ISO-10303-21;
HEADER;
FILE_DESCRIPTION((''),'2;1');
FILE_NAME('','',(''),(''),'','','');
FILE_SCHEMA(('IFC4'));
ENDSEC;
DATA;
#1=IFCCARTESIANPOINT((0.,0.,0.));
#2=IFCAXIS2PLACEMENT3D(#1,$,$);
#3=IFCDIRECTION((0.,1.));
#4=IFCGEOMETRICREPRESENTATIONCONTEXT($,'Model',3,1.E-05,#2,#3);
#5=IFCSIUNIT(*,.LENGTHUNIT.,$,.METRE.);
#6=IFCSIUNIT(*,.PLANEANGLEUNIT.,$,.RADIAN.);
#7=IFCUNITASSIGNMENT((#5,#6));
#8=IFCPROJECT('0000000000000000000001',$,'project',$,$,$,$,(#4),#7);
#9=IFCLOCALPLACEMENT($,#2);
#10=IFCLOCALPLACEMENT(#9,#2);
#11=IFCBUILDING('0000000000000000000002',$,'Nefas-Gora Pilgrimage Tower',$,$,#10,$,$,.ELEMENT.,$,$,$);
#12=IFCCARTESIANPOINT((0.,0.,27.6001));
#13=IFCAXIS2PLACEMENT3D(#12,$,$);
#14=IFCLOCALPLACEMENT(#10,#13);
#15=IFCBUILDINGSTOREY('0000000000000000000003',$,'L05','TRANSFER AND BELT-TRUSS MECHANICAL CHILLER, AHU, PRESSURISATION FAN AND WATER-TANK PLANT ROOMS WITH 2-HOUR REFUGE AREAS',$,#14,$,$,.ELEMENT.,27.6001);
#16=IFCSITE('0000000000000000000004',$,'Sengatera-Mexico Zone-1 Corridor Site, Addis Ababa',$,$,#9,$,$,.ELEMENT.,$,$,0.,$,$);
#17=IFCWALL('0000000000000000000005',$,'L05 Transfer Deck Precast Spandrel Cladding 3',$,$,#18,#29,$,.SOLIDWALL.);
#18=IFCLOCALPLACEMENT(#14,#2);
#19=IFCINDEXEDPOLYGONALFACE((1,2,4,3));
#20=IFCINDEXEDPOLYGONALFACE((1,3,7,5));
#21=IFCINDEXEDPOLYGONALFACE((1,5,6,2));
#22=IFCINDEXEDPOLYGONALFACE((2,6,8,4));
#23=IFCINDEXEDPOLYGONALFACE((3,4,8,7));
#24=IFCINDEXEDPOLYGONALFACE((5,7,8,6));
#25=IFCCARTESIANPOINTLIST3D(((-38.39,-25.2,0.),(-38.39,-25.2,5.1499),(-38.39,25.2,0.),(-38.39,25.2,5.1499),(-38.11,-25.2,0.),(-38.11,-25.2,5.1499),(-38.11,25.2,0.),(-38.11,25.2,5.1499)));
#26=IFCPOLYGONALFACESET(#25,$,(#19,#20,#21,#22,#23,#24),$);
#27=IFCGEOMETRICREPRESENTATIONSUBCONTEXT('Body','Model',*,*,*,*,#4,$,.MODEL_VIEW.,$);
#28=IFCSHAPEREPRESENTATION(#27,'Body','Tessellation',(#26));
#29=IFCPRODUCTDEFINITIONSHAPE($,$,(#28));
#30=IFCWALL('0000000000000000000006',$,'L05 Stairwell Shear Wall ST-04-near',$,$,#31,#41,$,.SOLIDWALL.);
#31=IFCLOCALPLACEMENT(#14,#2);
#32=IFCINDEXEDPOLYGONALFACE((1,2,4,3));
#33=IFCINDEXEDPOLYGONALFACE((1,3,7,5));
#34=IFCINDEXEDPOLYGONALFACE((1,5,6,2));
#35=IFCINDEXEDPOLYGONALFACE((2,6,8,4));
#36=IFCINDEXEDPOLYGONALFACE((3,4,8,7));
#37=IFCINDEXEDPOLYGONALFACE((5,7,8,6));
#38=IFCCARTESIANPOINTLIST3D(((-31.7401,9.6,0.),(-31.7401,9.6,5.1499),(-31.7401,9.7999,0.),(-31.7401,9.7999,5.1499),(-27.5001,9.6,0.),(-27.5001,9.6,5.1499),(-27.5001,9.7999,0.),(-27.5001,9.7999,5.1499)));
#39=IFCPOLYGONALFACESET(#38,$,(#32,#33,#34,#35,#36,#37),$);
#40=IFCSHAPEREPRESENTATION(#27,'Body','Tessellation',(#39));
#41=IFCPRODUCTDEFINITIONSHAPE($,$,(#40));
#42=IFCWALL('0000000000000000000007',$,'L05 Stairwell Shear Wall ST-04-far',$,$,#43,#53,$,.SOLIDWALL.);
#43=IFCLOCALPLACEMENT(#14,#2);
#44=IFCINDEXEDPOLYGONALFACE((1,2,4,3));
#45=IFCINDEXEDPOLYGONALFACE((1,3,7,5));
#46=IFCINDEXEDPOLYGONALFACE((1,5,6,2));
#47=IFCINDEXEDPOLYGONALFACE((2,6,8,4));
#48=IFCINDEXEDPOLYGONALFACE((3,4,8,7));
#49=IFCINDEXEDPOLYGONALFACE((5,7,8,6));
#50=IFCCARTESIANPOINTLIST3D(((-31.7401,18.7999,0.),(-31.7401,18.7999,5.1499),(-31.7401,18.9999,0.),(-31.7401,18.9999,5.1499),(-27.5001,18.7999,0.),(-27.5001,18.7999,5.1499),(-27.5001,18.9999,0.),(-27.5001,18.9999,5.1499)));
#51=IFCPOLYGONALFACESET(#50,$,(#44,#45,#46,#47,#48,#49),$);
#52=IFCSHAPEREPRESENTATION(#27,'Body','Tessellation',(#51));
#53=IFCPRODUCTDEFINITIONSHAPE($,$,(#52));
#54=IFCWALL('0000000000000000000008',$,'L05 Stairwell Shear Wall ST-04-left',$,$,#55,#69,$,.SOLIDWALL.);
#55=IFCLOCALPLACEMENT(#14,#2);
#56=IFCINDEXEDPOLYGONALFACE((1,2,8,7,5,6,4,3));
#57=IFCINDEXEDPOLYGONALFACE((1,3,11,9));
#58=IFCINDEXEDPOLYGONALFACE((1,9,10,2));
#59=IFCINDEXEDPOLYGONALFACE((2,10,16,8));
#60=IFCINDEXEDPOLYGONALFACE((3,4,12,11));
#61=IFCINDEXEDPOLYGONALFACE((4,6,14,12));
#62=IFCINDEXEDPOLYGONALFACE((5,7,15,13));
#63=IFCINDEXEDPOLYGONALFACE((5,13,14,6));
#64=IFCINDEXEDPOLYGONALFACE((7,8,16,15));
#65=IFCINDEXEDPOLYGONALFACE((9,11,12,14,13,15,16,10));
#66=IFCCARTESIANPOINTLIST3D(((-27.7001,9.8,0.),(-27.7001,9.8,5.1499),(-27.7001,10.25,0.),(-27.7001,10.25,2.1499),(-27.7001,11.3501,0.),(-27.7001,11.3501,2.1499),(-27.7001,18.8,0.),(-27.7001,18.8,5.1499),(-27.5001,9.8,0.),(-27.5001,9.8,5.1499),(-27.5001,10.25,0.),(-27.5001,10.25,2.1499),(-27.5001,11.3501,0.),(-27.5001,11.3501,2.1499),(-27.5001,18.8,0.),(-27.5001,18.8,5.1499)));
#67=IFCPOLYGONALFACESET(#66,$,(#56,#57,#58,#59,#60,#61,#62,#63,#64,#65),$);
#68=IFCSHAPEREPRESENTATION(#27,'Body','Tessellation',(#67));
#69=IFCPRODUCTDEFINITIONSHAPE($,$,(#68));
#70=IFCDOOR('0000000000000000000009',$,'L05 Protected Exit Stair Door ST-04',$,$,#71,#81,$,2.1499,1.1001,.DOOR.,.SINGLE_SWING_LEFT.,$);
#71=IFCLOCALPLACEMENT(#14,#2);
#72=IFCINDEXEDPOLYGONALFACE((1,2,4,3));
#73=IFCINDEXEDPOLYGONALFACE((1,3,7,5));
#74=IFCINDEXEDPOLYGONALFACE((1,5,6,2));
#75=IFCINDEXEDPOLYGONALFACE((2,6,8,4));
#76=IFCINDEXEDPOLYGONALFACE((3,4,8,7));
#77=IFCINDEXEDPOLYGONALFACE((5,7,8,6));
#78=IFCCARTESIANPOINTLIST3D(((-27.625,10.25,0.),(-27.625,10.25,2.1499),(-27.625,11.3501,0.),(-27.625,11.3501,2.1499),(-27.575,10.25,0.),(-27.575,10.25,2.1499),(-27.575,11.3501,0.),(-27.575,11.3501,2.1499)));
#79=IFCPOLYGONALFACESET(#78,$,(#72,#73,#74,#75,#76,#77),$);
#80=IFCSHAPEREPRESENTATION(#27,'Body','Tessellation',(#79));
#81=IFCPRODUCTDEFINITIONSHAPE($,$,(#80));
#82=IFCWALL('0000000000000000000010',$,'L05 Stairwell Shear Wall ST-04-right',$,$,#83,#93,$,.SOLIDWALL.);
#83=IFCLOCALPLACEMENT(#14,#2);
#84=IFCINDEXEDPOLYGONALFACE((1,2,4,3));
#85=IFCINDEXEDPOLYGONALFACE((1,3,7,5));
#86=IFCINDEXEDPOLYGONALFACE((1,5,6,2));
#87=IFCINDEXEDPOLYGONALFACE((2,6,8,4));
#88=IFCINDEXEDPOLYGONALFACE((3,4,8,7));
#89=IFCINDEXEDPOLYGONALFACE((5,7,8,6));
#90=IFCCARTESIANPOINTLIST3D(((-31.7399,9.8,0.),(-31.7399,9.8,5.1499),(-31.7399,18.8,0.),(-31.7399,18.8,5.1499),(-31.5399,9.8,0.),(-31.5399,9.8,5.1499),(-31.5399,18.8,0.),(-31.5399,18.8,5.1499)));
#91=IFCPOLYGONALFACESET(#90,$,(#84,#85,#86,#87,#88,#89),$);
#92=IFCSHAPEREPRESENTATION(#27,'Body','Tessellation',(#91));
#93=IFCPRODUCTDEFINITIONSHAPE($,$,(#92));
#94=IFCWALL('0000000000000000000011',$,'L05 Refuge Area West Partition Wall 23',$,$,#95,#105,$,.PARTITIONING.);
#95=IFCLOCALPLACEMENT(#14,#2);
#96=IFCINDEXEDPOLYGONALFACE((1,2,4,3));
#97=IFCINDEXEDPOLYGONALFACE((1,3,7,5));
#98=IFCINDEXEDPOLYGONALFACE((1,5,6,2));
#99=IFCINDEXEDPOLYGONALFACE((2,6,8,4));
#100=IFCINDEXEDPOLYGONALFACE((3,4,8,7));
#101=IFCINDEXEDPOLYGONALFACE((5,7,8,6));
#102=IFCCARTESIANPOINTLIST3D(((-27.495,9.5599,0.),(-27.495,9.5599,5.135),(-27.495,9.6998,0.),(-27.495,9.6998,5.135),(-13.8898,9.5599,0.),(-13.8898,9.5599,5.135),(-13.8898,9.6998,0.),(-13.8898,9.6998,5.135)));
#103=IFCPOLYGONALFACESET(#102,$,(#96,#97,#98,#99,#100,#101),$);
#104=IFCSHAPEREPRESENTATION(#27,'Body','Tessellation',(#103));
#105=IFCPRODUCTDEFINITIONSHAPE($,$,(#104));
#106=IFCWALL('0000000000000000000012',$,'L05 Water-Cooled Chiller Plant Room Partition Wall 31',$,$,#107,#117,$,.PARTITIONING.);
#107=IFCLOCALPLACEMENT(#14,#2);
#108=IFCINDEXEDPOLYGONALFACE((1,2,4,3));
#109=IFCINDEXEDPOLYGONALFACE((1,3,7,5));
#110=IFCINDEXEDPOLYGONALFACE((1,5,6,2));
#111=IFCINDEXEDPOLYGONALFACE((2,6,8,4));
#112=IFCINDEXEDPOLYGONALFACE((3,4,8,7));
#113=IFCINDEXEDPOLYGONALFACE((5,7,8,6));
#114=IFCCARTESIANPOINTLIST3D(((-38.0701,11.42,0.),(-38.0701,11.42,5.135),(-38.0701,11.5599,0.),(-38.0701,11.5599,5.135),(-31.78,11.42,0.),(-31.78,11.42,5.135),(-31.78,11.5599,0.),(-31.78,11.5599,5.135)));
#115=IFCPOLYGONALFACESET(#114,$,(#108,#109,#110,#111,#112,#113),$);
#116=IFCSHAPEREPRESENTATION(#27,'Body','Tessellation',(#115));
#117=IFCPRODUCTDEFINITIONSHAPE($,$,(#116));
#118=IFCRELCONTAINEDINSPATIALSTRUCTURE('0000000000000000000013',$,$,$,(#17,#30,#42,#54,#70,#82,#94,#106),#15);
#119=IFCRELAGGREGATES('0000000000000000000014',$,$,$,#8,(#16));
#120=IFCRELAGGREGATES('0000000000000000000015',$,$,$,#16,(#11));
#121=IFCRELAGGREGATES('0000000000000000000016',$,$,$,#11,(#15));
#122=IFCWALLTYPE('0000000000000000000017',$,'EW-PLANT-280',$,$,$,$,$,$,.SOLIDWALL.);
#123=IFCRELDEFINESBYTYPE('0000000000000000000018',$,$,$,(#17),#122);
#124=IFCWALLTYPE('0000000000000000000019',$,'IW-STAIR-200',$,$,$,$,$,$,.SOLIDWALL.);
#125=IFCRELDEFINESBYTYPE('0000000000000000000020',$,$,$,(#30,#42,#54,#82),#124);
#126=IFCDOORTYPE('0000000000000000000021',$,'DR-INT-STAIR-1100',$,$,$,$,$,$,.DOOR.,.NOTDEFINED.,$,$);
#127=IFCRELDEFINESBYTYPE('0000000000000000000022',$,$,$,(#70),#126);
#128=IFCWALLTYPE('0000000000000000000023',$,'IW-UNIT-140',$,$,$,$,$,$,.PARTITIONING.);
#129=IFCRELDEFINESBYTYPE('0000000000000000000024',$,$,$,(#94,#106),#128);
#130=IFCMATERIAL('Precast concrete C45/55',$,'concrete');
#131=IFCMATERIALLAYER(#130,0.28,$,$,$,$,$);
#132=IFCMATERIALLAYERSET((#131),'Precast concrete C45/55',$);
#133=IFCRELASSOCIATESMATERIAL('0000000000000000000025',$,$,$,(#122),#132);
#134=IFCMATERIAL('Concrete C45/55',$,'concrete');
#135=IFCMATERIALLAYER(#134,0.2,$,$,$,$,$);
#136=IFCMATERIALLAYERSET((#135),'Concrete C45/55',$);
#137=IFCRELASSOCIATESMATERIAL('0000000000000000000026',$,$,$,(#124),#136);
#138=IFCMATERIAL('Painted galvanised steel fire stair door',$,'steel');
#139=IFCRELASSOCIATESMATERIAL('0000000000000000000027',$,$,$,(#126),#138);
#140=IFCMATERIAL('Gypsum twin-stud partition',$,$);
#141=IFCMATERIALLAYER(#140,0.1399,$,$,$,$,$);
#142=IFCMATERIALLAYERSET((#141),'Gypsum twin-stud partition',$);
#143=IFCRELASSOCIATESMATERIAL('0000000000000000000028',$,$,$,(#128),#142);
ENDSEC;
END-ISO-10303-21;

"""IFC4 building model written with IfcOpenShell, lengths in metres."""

from ifc_helpers import new_model, si_unit, direction, frame, frame_2d, origin, place, context, subcontext, project, spatial, rectangle, extrude, source, transform, mapped, material, layer, layer_set, type_object, element, fill, save


model = new_model("IFC4")

# Units and contexts
model_context = context("Model", 3, precision=1e-05, world=origin(), true_north=direction((0.0, 1.0)))
body_context = subcontext(model_context, "Body", "Model", "MODEL_VIEW")
ifc_project = project(units=[si_unit("LENGTHUNIT", "METRE"), si_unit("PLANEANGLEUNIT", "RADIAN")], contexts=[model_context])

# Site, building, storey
site_placement = place(None, origin())
site = spatial("IfcSite", under=ifc_project, at=site_placement, Name="Sengatera-Mexico Zone-1 Corridor Site, Addis Ababa", CompositionType="ELEMENT", RefElevation=0.0)
building_placement = place(site_placement, origin())
building = spatial("IfcBuilding", under=site, at=building_placement, Name="Nefas-Gora Pilgrimage Tower", CompositionType="ELEMENT")
storey_placement = place(building_placement, frame((0.0, 0.0, 27.6001)))
storey = spatial("IfcBuildingStorey", under=building, at=storey_placement, Name="L05", Description="TRANSFER AND BELT-TRUSS MECHANICAL CHILLER, AHU, PRESSURISATION FAN AND WATER-TANK PLANT ROOMS WITH 2-HOUR REFUGE AREAS", CompositionType="ELEMENT", Elevation=27.6001)

# Walls
ifc_material_1 = material(Name="Precast concrete C45/55", Category="concrete")
ifc_layer_1 = layer(ifc_material_1, 0.28)
ifc_layer_set_1 = layer_set([ifc_layer_1], Name="Precast concrete C45/55")
wall_type_1 = type_object("IfcWallType", Name="EW-PLANT-280", PredefinedType="SOLIDWALL", material=ifc_layer_set_1)
shared_shape_1 = source(origin(), body_context, "Body", "SweptSolid", [
    extrude(rectangle(XDim=50.3999, YDim=0.28, at=frame_2d((25.2, 0.0))), origin(), (0.0, 0.0, 1.0), 5.1499),
])
wall_1_placement = place(storey_placement, frame((-38.25, 25.2, 0.0), z_axis=(0.0, 0.0, 1.0), x_axis=(0.0, -1.0, 0.0)))
element("IfcWall", 1, at=wall_1_placement, inside=storey, type_object=wall_type_1, Name="L05 Transfer Deck Precast Spandrel Cladding 3", PredefinedType="SOLIDWALL", context=body_context, shape_type="MappedRepresentation", body=[
    mapped(shared_shape_1, transform((0.0, 0.0, 0.0), x_axis=(1.0, 0.0, 0.0), y_axis=(0.0, 1.0, 0.0), z_axis=(0.0, 0.0, 1.0), scale=1.0)),
])
ifc_material_2 = material(Name="Concrete C45/55", Category="concrete")
ifc_layer_2 = layer(ifc_material_2, 0.2)
ifc_layer_set_2 = layer_set([ifc_layer_2], Name="Concrete C45/55")
wall_type_2 = type_object("IfcWallType", Name="IW-STAIR-200", PredefinedType="SOLIDWALL", material=ifc_layer_set_2)
shared_shape_2 = source(origin(), body_context, "Body", "SweptSolid", [
    extrude(rectangle(XDim=4.24, YDim=0.2, at=frame_2d((2.1201, 0.0))), origin(), (0.0, 0.0, 1.0), 5.1499),
])
for number, where, z_axis, x_axis, name in (
    (2, (-27.5, 9.7, 0.0), (0.0, 0.0, 1.0), (-1.0, 0.0, 0.0), "L05 Stairwell Shear Wall ST-04-near"),
    (3, (-27.5, 18.8999, 0.0), (0.0, 0.0, 1.0), (-1.0, 0.0, 0.0), "L05 Stairwell Shear Wall ST-04-far"),
):
    element("IfcWall", number, at=place(storey_placement, frame(where, z_axis=z_axis, x_axis=x_axis)), inside=storey, type_object=wall_type_2, Name=name, PredefinedType="SOLIDWALL", context=body_context, shape_type="MappedRepresentation", body=[
        mapped(shared_shape_2, transform((0.0, 0.0, 0.0), x_axis=(1.0, 0.0, 0.0), y_axis=(0.0, 1.0, 0.0), z_axis=(0.0, 0.0, 1.0), scale=1.0)),
    ])

# Wall, opening, door
shared_shape_3 = source(origin(), body_context, "Body", "SweptSolid", [
    extrude(rectangle(XDim=9.0, YDim=0.2, at=frame_2d((4.5, 0.0))), origin(), (0.0, 0.0, 1.0), 5.1499),
])
wall_2_placement = place(storey_placement, frame((-27.6001, 9.8, 0.0), z_axis=(0.0, 0.0, 1.0), x_axis=(0.0, 1.0, 0.0)))
wall_2 = element("IfcWall", 4, at=wall_2_placement, inside=storey, type_object=wall_type_2, Name="L05 Stairwell Shear Wall ST-04-left", PredefinedType="SOLIDWALL", context=body_context, shape_type="MappedRepresentation", body=[
    mapped(shared_shape_3, transform((0.0, 0.0, 0.0), x_axis=(1.0, 0.0, 0.0), y_axis=(0.0, 1.0, 0.0), z_axis=(0.0, 0.0, 1.0), scale=1.0)),
])
opening_placement = place(wall_2_placement, frame((0.45, 0.0, 0.0)))
opening = element("IfcOpeningElement", 5, at=opening_placement, cuts=wall_2, PredefinedType="OPENING", context=body_context, shape_type="SweptSolid", body=[
    extrude(rectangle(XDim=1.1001, YDim=2.1499, at=frame_2d((0.55, 1.075))), frame((0.0, 0.1099, 0.0), z_axis=(0.0, -1.0, 0.0), x_axis=(1.0, 0.0, 0.0)), (0.0, 0.0, 1.0), 0.22),
])
ifc_material_3 = material(Name="Painted galvanised steel fire stair door", Category="steel")
door_type = type_object("IfcDoorType", Name="DR-INT-STAIR-1100", OperationType="NOTDEFINED", PredefinedType="DOOR", material=ifc_material_3)
shared_shape_4 = source(origin(), body_context, "Body", "SweptSolid", [
    extrude(rectangle(XDim=1.1001, YDim=2.1499, at=frame_2d((0.55, 1.075))), frame((0.0, 0.0249, 0.0), z_axis=(0.0, -1.0, 0.0), x_axis=(1.0, 0.0, 0.0)), (0.0, 0.0, 1.0), 0.05),
])
door_placement = place(opening_placement, origin())
door = element("IfcDoor", 6, at=door_placement, inside=storey, type_object=door_type, Name="L05 Protected Exit Stair Door ST-04", OperationType="SINGLE_SWING_LEFT", OverallHeight=2.1499, OverallWidth=1.1001, PredefinedType="DOOR", context=body_context, shape_type="MappedRepresentation", body=[
    mapped(shared_shape_4, transform((0.0, 0.0, 0.0), x_axis=(1.0, 0.0, 0.0), y_axis=(0.0, 1.0, 0.0), z_axis=(0.0, 0.0, 1.0), scale=1.0)),
])
fill(opening, door)

# Walls
wall_3_placement = place(storey_placement, frame((-31.6399, 9.8, 0.0), z_axis=(0.0, 0.0, 1.0), x_axis=(0.0, 1.0, 0.0)))
element("IfcWall", 7, at=wall_3_placement, inside=storey, type_object=wall_type_2, Name="L05 Stairwell Shear Wall ST-04-right", PredefinedType="SOLIDWALL", context=body_context, shape_type="MappedRepresentation", body=[
    mapped(shared_shape_3, transform((0.0, 0.0, 0.0), x_axis=(1.0, 0.0, 0.0), y_axis=(0.0, 1.0, 0.0), z_axis=(0.0, 0.0, 1.0), scale=1.0)),
])
ifc_material_4 = material(Name="Gypsum twin-stud partition")
ifc_layer_3 = layer(ifc_material_4, 0.1399)
ifc_layer_set_3 = layer_set([ifc_layer_3], Name="Gypsum twin-stud partition")
wall_type_3 = type_object("IfcWallType", Name="IW-UNIT-140", PredefinedType="PARTITIONING", material=ifc_layer_set_3)
shared_shape_5 = source(origin(), body_context, "Body", "SweptSolid", [
    extrude(rectangle(XDim=13.6052, YDim=0.1399, at=frame_2d((6.8027, 0.0))), origin(), (0.0, 0.0, 1.0), 5.135),
])
wall_4_placement = place(storey_placement, frame((-27.4951, 9.6299, 0.0), z_axis=(0.0, 0.0, 1.0), x_axis=(1.0, 0.0, 0.0)))
element("IfcWall", 8, at=wall_4_placement, inside=storey, type_object=wall_type_3, Name="L05 Refuge Area West Partition Wall 23", PredefinedType="PARTITIONING", context=body_context, shape_type="MappedRepresentation", body=[
    mapped(shared_shape_5, transform((0.0, 0.0, 0.0), x_axis=(1.0, 0.0, 0.0), y_axis=(0.0, 1.0, 0.0), z_axis=(0.0, 0.0, 1.0), scale=1.0)),
])
shared_shape_6 = source(origin(), body_context, "Body", "SweptSolid", [
    extrude(rectangle(XDim=6.29, YDim=0.1399, at=frame_2d((3.145, 0.0))), origin(), (0.0, 0.0, 1.0), 5.135),
])
wall_5_placement = place(storey_placement, frame((-38.0701, 11.49, 0.0), z_axis=(0.0, 0.0, 1.0), x_axis=(1.0, 0.0, 0.0)))
element("IfcWall", 9, at=wall_5_placement, inside=storey, type_object=wall_type_3, Name="L05 Water-Cooled Chiller Plant Room Partition Wall 31", PredefinedType="PARTITIONING", context=body_context, shape_type="MappedRepresentation", body=[
    mapped(shared_shape_6, transform((0.0, 0.0, 0.0), x_axis=(1.0, 0.0, 0.0), y_axis=(0.0, 1.0, 0.0), z_axis=(0.0, 0.0, 1.0), scale=1.0)),
])

save(model, "model.ifc")
